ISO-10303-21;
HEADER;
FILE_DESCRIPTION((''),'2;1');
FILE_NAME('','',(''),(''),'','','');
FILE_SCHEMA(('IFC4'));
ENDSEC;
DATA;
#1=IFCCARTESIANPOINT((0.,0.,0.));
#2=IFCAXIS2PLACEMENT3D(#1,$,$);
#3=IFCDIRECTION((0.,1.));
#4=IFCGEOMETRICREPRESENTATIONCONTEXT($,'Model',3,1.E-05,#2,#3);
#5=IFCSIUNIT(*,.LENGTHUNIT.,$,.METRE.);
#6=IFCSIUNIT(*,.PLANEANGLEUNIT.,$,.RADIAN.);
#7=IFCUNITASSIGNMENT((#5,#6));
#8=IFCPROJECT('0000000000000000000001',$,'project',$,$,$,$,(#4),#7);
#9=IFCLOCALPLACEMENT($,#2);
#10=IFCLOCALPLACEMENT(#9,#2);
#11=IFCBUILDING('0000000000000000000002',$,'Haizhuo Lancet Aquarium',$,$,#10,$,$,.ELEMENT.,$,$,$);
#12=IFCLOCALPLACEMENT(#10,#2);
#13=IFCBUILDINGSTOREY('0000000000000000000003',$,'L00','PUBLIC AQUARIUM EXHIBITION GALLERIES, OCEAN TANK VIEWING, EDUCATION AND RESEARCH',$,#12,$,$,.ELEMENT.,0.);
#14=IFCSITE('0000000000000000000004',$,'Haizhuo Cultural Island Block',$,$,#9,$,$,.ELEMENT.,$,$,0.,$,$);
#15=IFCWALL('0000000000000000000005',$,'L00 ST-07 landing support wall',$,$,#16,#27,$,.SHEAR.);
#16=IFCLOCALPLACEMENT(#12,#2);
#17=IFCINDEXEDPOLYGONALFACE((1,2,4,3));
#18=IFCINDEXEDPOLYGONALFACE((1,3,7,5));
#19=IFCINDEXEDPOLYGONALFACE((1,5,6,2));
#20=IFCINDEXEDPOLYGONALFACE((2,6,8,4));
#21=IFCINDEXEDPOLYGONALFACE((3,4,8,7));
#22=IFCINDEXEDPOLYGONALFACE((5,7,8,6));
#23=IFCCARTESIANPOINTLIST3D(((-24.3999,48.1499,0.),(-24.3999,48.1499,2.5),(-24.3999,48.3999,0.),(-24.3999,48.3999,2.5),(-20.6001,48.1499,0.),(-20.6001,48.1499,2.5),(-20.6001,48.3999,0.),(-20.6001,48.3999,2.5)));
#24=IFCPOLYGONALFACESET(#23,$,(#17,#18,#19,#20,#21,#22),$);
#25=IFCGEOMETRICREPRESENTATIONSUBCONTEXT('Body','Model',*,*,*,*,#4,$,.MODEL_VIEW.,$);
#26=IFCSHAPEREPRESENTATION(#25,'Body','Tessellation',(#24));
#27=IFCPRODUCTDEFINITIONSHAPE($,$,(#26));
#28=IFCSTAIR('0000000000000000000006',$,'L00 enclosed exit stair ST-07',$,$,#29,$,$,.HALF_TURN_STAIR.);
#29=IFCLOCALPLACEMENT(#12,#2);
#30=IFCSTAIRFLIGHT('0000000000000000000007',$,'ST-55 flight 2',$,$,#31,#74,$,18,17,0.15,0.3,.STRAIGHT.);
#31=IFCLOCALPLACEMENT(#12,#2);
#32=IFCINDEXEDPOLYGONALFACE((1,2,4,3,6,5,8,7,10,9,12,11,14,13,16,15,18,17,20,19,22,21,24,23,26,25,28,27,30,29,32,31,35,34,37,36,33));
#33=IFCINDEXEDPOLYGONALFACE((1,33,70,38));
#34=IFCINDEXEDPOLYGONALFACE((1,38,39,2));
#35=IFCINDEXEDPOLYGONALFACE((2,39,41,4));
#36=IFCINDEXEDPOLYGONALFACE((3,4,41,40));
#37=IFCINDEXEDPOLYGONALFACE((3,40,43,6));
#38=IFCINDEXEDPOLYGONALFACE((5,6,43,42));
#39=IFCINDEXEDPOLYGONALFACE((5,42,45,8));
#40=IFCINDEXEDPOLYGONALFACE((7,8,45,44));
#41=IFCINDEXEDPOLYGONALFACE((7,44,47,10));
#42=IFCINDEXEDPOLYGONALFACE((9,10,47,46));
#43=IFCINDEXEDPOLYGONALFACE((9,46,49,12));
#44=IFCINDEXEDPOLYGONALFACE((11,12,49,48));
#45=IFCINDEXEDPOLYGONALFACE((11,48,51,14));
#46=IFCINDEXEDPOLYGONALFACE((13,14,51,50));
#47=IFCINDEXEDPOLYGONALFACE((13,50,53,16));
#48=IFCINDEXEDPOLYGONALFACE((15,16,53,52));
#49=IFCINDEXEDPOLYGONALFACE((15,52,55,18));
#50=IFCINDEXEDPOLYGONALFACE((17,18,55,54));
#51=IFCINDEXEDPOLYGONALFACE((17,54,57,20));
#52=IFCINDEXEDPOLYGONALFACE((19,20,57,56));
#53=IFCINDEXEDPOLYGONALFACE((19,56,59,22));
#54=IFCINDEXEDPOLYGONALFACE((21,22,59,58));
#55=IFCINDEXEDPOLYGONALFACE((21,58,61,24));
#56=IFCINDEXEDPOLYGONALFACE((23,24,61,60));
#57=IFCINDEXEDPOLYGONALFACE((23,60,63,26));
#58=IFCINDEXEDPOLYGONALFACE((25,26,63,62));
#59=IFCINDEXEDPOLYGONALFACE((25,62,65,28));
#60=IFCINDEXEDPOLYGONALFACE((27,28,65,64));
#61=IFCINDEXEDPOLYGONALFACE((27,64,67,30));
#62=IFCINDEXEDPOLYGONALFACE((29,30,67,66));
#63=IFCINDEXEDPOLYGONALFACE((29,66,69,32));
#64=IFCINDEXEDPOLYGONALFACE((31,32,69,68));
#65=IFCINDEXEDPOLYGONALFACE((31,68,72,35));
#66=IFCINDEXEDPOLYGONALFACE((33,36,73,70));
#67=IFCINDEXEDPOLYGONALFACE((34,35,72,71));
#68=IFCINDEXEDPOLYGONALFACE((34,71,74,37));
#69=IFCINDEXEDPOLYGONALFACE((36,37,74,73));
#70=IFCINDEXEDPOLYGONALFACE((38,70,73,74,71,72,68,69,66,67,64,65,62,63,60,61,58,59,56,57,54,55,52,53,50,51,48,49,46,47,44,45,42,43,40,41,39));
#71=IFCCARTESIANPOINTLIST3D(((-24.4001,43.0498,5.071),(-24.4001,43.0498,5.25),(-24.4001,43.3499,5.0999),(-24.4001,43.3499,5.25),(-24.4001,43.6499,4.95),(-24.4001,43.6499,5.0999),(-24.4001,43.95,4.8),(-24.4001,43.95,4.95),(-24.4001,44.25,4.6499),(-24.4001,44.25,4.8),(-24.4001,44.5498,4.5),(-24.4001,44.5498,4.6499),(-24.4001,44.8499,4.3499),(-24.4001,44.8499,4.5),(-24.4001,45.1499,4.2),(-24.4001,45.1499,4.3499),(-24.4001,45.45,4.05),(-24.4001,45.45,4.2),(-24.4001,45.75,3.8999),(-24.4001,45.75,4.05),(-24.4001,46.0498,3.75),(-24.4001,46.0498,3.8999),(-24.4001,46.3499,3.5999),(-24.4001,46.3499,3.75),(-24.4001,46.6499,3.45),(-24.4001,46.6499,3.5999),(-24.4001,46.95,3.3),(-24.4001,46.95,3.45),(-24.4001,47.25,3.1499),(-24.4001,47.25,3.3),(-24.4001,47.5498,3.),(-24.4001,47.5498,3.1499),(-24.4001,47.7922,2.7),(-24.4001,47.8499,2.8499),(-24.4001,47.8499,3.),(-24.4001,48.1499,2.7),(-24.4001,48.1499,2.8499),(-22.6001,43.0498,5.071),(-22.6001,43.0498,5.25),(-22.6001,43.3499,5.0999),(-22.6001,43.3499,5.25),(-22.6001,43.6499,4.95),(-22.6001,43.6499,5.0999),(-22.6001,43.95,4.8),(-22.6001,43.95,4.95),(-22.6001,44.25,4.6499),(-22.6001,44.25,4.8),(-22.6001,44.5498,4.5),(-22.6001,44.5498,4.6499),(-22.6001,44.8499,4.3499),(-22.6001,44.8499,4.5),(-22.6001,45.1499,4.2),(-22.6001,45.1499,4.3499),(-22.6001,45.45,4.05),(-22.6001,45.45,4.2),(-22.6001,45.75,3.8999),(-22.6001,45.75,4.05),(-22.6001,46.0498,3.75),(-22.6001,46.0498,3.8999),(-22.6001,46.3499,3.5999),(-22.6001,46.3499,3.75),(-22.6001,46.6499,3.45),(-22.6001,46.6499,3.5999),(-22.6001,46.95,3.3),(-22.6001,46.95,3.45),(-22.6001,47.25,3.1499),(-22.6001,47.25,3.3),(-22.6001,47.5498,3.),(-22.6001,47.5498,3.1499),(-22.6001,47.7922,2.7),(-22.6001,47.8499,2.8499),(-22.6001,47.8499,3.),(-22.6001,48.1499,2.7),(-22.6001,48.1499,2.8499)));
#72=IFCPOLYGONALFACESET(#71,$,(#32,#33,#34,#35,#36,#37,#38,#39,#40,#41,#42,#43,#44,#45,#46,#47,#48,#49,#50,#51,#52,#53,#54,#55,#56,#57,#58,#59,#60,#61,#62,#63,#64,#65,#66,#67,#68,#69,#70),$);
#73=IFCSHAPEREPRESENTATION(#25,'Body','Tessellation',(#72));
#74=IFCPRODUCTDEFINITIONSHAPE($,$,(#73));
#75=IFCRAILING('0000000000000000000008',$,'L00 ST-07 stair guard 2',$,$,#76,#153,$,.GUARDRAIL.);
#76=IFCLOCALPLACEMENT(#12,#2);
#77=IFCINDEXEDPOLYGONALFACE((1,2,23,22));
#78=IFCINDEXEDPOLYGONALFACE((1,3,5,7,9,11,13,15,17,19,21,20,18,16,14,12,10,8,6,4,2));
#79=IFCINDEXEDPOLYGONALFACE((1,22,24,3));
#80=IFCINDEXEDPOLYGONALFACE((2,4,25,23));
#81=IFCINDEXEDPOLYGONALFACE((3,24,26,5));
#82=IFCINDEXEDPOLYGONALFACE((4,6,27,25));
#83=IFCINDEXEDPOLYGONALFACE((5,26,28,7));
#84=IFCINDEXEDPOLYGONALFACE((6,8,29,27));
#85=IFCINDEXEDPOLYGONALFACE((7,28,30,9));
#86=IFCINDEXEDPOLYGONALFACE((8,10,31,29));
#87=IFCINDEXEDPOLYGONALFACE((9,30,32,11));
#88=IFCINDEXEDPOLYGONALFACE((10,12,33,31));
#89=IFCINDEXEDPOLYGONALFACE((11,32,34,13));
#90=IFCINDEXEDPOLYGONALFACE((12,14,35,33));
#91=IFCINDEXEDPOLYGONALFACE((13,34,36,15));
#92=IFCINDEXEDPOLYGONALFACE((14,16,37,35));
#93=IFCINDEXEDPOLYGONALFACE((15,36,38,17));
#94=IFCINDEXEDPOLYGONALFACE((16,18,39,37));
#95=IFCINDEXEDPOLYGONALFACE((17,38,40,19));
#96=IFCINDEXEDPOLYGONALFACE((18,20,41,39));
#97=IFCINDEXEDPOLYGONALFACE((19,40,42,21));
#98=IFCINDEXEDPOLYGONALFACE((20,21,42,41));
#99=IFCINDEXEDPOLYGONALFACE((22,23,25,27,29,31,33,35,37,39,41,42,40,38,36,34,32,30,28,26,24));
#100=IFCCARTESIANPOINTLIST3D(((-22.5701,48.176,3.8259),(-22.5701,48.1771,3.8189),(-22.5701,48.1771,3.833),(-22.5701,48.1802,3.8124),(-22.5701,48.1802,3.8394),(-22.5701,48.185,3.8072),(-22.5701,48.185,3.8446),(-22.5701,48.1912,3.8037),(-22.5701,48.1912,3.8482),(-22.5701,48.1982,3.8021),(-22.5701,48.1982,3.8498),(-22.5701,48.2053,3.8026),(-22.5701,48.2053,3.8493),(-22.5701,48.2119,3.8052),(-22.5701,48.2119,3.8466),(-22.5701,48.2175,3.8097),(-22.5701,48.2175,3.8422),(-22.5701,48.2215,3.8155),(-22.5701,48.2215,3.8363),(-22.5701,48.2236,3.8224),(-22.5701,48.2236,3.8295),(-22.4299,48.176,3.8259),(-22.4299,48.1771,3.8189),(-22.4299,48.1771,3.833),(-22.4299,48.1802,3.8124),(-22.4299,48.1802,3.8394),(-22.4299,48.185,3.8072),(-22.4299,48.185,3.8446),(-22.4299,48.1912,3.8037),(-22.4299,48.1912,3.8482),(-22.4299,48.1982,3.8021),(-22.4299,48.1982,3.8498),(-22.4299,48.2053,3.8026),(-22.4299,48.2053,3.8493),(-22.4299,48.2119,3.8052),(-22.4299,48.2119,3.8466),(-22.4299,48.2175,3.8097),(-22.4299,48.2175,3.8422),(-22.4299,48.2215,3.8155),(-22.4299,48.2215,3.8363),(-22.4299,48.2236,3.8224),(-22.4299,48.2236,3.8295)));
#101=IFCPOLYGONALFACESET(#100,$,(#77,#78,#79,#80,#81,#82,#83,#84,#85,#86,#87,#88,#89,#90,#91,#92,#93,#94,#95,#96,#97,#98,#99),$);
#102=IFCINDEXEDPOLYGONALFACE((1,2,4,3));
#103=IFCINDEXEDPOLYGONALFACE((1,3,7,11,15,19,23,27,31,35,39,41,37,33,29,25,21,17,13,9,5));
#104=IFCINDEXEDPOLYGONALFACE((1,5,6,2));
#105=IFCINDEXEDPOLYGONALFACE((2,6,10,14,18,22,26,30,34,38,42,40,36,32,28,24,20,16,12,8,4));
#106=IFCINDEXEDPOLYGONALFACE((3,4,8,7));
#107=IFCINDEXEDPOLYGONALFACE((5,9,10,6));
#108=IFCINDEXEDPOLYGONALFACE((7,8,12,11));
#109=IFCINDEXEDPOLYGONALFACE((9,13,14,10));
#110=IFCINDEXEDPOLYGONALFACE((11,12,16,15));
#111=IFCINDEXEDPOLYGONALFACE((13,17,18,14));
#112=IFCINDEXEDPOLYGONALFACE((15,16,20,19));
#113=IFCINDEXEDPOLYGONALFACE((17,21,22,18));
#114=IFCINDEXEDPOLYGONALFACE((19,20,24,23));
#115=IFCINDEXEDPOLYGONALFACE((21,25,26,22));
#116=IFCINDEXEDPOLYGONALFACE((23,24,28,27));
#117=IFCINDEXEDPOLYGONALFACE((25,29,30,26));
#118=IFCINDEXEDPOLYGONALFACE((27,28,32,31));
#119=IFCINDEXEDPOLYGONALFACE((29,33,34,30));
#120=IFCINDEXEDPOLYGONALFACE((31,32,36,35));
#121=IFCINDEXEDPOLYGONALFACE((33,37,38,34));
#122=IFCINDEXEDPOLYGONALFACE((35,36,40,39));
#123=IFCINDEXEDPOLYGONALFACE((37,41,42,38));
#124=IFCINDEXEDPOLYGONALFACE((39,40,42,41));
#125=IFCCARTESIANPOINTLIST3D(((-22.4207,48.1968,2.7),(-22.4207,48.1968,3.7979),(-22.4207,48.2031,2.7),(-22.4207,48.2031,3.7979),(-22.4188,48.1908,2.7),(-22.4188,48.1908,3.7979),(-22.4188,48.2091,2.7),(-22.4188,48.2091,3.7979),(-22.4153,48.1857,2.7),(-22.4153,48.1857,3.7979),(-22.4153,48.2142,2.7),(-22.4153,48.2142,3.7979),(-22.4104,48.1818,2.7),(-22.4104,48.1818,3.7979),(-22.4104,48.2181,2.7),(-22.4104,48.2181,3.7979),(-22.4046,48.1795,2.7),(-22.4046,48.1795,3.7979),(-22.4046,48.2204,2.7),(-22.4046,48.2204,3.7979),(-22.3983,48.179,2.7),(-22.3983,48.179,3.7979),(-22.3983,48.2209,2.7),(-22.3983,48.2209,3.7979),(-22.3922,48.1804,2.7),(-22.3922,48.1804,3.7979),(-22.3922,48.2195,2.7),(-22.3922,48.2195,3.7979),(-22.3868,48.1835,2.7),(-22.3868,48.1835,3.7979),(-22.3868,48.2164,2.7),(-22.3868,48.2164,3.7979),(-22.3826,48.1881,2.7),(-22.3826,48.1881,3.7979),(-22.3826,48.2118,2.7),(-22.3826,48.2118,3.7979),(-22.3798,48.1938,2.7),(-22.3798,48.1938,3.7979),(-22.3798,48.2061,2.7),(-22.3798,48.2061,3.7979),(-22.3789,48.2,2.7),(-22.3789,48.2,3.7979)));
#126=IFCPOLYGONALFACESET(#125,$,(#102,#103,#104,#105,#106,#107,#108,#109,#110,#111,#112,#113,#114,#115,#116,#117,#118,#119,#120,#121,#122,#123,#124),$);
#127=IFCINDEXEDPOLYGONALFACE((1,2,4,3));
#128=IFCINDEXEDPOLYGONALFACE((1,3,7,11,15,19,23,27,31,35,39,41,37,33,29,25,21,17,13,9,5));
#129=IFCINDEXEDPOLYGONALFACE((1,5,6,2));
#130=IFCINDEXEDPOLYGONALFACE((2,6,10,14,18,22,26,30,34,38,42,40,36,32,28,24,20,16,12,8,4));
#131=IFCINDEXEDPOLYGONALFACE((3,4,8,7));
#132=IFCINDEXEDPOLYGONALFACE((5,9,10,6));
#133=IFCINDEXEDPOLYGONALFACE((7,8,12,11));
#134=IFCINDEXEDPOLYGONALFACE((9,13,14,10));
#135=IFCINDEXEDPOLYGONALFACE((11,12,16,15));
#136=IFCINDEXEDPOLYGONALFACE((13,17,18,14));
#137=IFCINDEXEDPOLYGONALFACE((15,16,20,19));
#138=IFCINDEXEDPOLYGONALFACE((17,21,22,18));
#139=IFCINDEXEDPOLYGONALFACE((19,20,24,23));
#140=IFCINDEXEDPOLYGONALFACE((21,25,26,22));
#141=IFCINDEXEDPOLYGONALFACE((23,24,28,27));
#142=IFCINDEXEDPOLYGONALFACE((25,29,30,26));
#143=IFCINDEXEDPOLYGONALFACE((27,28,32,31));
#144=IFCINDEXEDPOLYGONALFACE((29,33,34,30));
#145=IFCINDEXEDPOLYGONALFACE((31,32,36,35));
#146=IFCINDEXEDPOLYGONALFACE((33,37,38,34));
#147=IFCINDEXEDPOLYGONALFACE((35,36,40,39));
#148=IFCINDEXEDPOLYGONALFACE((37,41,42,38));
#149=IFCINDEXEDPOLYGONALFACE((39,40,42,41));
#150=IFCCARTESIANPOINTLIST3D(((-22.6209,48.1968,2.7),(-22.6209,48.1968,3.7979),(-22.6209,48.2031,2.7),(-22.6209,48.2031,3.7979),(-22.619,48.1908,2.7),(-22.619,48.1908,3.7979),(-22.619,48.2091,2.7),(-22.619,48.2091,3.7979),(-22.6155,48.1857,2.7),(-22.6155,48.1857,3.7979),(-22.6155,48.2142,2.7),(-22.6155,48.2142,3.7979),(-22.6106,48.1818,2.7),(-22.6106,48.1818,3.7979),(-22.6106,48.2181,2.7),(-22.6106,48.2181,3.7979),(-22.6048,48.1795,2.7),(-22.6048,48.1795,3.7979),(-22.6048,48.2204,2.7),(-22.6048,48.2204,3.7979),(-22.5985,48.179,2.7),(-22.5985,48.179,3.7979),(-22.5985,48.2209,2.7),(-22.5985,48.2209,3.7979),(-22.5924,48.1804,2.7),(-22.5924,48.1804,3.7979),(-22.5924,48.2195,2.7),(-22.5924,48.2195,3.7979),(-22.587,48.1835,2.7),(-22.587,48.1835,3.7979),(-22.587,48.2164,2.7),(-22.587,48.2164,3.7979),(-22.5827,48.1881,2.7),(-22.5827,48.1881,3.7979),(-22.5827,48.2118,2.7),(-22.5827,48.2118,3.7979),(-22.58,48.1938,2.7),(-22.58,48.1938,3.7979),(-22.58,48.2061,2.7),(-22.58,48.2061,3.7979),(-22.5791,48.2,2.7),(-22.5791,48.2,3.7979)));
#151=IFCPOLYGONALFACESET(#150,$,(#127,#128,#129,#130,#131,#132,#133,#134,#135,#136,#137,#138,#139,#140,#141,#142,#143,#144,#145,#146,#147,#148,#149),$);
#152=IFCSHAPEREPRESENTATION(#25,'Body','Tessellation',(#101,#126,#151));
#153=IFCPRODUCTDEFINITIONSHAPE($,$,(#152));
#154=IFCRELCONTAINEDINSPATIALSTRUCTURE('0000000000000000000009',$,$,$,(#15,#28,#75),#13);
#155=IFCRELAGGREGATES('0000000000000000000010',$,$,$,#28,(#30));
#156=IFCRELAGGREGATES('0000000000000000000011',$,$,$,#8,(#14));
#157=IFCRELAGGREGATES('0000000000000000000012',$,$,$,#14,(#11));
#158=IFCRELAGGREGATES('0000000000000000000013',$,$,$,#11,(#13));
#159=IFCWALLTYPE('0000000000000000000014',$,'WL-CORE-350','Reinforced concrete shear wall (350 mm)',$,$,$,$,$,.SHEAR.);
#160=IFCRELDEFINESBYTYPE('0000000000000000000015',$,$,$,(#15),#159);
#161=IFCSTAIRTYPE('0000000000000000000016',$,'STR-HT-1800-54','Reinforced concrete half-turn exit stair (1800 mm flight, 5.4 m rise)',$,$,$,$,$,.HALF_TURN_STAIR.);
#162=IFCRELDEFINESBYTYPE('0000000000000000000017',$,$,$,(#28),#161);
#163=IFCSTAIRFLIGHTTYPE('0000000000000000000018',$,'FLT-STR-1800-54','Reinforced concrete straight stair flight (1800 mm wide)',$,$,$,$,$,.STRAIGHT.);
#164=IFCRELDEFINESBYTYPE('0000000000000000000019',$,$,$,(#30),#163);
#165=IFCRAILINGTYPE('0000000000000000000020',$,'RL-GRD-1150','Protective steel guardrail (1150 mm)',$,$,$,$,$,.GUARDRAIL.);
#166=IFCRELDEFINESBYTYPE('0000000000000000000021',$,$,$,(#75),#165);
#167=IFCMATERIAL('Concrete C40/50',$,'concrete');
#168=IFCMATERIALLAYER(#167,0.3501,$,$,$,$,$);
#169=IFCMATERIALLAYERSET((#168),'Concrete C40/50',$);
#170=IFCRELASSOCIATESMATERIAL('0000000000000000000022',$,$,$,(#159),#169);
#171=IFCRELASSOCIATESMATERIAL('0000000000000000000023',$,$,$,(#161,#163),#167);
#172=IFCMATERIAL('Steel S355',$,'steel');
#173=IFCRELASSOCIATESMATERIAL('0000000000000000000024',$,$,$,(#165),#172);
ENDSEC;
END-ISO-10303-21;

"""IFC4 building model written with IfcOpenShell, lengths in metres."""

from ifc_helpers import new_model, si_unit, direction, frame, frame_2d, origin, origin_2d, place, context, subcontext, project, spatial, polyline, rectangle, circle, outline, extrude, material, layer, layer_set, type_object, element, aggregate, save


model = new_model("IFC4")

# Units and contexts
model_context = context("Model", 3, precision=1e-05, world=origin(), true_north=direction((0.0, 1.0)))
body_context = subcontext(model_context, "Body", "Model", "MODEL_VIEW")
ifc_project = project(units=[si_unit("LENGTHUNIT", "METRE"), si_unit("PLANEANGLEUNIT", "RADIAN")], contexts=[model_context])

# Site, building, storey
site_placement = place(None, origin())
site = spatial("IfcSite", under=ifc_project, at=site_placement, Name="Haizhuo Cultural Island Block", CompositionType="ELEMENT", RefElevation=0.0)
building_placement = place(site_placement, origin())
building = spatial("IfcBuilding", under=site, at=building_placement, Name="Haizhuo Lancet Aquarium", CompositionType="ELEMENT")
storey_placement = place(building_placement, origin())
storey = spatial("IfcBuildingStorey", under=building, at=storey_placement, Name="L00", Description="PUBLIC AQUARIUM EXHIBITION GALLERIES, OCEAN TANK VIEWING, EDUCATION AND RESEARCH", CompositionType="ELEMENT", Elevation=0.0)

# Shared definitions
ifc_material_1 = material(Name="Steel S355", Category="steel")

# Wall
ifc_material_2 = material(Name="Concrete C40/50", Category="concrete")
ifc_layer_1 = layer(ifc_material_2, 0.3501)
ifc_layer_set_1 = layer_set([ifc_layer_1], Name="Concrete C40/50")
wall_type = type_object("IfcWallType", Name="WL-CORE-350", Description="Reinforced concrete shear wall (350 mm)", PredefinedType="SHEAR", material=ifc_layer_set_1)
wall_placement = place(storey_placement, frame((-24.3999, 48.2749, 0.0), z_axis=(0.0, 0.0, 1.0), x_axis=(1.0, 0.0, 0.0)))
element("IfcWall", 1, at=wall_placement, inside=storey, type_object=wall_type, Name="L00 ST-07 landing support wall", PredefinedType="SHEAR", context=body_context, shape_type="SweptSolid", body=[
    extrude(rectangle(XDim=3.7998, YDim=0.25, at=frame_2d((1.8999, 0.0))), origin(), (0.0, 0.0, 1.0), 2.5),
])

# Stair, stair flight
stair_type = type_object("IfcStairType", Name="STR-HT-1800-54", Description="Reinforced concrete half-turn exit stair (1800 mm flight, 5.4 m rise)", PredefinedType="HALF_TURN_STAIR", material=ifc_material_2)
stair_placement = place(storey_placement, origin())
stair = element("IfcStair", 2, at=stair_placement, inside=storey, type_object=stair_type, Name="L00 enclosed exit stair ST-07", PredefinedType="HALF_TURN_STAIR")
stair_flight_type = type_object("IfcStairFlightType", Name="FLT-STR-1800-54", Description="Reinforced concrete straight stair flight (1800 mm wide)", PredefinedType="STRAIGHT", material=ifc_material_2)
stair_flight_placement = place(storey_placement, frame((-23.5, 48.1499, 2.7), z_axis=(0.0, 0.0, 1.0), x_axis=(0.0, -1.0, 0.0)))
stair_flight = element("IfcStairFlight", 3, at=stair_flight_placement, type_object=stair_flight_type, Name="ST-55 flight 2", NumberOfRisers=18, NumberOfTreads=17, PredefinedType="STRAIGHT", RiserHeight=0.15, TreadLength=0.3, context=body_context, shape_type="SweptSolid", body=[
    extrude(outline(polyline([(0.0, 0.0), (0.0, 0.1499), (0.3, 0.1499), (0.3, 0.3), (0.6001, 0.3), (0.6001, 0.45), (0.8999, 0.45), (0.8999, 0.6001), (1.2, 0.6001), (1.2, 0.75), (1.5, 0.75), (1.5, 0.8999), (1.8, 0.8999), (1.8, 1.05), (2.1001, 1.05), (2.1001, 1.2), (2.3999, 1.2), (2.3999, 1.3501), (2.7, 1.3501), (2.7, 1.5), (3.0, 1.5), (3.0, 1.6499), (3.3, 1.6499), (3.3, 1.8), (3.6001, 1.8), (3.6001, 1.95), (3.8999, 1.95), (3.8999, 2.1001), (4.2, 2.1001), (4.2, 2.25), (4.5, 2.25), (4.5, 2.3999), (4.8, 2.3999), (4.8, 2.55), (5.1001, 2.55), (5.1001, 2.7), (5.1001, 2.3711), (0.3577, 0.0), (0.0, 0.0)])), frame((0.0, 0.8999, 0.0), z_axis=(0.0, -1.0, 0.0), x_axis=(1.0, 0.0, 0.0)), (0.0, 0.0, 1.0), 1.8),
])
aggregate(stair, [stair_flight])

# Railing
railing_type_1 = type_object("IfcRailingType", Name="RL-GRD-1150", Description="Protective steel guardrail (1150 mm)", PredefinedType="GUARDRAIL", material=ifc_material_1)
railing_1_placement = place(storey_placement, frame((-22.3999, 48.2, 2.7)))
element("IfcRailing", 4, at=railing_1_placement, inside=storey, type_object=railing_type_1, Name="L00 ST-07 stair guard 2", PredefinedType="GUARDRAIL", context=body_context, shape_type="SweptSolid", body=[
    extrude(circle(Radius=0.0239, at=origin_2d()), frame((-0.03, 0.0, 1.126), z_axis=(-1.0, 0.0, 0.0), x_axis=(0.0, -1.0, 0.0)), (0.0, 0.0, 1.0), 0.1401),
    extrude(circle(Radius=0.021, at=origin_2d()), origin(), (0.0, 0.0, 1.0), 1.0979),
    extrude(circle(Radius=0.021, at=origin_2d()), frame((-0.2002, 0.0, 0.0)), (0.0, 0.0, 1.0), 1.0979),
])

save(model, "model.ifc")
